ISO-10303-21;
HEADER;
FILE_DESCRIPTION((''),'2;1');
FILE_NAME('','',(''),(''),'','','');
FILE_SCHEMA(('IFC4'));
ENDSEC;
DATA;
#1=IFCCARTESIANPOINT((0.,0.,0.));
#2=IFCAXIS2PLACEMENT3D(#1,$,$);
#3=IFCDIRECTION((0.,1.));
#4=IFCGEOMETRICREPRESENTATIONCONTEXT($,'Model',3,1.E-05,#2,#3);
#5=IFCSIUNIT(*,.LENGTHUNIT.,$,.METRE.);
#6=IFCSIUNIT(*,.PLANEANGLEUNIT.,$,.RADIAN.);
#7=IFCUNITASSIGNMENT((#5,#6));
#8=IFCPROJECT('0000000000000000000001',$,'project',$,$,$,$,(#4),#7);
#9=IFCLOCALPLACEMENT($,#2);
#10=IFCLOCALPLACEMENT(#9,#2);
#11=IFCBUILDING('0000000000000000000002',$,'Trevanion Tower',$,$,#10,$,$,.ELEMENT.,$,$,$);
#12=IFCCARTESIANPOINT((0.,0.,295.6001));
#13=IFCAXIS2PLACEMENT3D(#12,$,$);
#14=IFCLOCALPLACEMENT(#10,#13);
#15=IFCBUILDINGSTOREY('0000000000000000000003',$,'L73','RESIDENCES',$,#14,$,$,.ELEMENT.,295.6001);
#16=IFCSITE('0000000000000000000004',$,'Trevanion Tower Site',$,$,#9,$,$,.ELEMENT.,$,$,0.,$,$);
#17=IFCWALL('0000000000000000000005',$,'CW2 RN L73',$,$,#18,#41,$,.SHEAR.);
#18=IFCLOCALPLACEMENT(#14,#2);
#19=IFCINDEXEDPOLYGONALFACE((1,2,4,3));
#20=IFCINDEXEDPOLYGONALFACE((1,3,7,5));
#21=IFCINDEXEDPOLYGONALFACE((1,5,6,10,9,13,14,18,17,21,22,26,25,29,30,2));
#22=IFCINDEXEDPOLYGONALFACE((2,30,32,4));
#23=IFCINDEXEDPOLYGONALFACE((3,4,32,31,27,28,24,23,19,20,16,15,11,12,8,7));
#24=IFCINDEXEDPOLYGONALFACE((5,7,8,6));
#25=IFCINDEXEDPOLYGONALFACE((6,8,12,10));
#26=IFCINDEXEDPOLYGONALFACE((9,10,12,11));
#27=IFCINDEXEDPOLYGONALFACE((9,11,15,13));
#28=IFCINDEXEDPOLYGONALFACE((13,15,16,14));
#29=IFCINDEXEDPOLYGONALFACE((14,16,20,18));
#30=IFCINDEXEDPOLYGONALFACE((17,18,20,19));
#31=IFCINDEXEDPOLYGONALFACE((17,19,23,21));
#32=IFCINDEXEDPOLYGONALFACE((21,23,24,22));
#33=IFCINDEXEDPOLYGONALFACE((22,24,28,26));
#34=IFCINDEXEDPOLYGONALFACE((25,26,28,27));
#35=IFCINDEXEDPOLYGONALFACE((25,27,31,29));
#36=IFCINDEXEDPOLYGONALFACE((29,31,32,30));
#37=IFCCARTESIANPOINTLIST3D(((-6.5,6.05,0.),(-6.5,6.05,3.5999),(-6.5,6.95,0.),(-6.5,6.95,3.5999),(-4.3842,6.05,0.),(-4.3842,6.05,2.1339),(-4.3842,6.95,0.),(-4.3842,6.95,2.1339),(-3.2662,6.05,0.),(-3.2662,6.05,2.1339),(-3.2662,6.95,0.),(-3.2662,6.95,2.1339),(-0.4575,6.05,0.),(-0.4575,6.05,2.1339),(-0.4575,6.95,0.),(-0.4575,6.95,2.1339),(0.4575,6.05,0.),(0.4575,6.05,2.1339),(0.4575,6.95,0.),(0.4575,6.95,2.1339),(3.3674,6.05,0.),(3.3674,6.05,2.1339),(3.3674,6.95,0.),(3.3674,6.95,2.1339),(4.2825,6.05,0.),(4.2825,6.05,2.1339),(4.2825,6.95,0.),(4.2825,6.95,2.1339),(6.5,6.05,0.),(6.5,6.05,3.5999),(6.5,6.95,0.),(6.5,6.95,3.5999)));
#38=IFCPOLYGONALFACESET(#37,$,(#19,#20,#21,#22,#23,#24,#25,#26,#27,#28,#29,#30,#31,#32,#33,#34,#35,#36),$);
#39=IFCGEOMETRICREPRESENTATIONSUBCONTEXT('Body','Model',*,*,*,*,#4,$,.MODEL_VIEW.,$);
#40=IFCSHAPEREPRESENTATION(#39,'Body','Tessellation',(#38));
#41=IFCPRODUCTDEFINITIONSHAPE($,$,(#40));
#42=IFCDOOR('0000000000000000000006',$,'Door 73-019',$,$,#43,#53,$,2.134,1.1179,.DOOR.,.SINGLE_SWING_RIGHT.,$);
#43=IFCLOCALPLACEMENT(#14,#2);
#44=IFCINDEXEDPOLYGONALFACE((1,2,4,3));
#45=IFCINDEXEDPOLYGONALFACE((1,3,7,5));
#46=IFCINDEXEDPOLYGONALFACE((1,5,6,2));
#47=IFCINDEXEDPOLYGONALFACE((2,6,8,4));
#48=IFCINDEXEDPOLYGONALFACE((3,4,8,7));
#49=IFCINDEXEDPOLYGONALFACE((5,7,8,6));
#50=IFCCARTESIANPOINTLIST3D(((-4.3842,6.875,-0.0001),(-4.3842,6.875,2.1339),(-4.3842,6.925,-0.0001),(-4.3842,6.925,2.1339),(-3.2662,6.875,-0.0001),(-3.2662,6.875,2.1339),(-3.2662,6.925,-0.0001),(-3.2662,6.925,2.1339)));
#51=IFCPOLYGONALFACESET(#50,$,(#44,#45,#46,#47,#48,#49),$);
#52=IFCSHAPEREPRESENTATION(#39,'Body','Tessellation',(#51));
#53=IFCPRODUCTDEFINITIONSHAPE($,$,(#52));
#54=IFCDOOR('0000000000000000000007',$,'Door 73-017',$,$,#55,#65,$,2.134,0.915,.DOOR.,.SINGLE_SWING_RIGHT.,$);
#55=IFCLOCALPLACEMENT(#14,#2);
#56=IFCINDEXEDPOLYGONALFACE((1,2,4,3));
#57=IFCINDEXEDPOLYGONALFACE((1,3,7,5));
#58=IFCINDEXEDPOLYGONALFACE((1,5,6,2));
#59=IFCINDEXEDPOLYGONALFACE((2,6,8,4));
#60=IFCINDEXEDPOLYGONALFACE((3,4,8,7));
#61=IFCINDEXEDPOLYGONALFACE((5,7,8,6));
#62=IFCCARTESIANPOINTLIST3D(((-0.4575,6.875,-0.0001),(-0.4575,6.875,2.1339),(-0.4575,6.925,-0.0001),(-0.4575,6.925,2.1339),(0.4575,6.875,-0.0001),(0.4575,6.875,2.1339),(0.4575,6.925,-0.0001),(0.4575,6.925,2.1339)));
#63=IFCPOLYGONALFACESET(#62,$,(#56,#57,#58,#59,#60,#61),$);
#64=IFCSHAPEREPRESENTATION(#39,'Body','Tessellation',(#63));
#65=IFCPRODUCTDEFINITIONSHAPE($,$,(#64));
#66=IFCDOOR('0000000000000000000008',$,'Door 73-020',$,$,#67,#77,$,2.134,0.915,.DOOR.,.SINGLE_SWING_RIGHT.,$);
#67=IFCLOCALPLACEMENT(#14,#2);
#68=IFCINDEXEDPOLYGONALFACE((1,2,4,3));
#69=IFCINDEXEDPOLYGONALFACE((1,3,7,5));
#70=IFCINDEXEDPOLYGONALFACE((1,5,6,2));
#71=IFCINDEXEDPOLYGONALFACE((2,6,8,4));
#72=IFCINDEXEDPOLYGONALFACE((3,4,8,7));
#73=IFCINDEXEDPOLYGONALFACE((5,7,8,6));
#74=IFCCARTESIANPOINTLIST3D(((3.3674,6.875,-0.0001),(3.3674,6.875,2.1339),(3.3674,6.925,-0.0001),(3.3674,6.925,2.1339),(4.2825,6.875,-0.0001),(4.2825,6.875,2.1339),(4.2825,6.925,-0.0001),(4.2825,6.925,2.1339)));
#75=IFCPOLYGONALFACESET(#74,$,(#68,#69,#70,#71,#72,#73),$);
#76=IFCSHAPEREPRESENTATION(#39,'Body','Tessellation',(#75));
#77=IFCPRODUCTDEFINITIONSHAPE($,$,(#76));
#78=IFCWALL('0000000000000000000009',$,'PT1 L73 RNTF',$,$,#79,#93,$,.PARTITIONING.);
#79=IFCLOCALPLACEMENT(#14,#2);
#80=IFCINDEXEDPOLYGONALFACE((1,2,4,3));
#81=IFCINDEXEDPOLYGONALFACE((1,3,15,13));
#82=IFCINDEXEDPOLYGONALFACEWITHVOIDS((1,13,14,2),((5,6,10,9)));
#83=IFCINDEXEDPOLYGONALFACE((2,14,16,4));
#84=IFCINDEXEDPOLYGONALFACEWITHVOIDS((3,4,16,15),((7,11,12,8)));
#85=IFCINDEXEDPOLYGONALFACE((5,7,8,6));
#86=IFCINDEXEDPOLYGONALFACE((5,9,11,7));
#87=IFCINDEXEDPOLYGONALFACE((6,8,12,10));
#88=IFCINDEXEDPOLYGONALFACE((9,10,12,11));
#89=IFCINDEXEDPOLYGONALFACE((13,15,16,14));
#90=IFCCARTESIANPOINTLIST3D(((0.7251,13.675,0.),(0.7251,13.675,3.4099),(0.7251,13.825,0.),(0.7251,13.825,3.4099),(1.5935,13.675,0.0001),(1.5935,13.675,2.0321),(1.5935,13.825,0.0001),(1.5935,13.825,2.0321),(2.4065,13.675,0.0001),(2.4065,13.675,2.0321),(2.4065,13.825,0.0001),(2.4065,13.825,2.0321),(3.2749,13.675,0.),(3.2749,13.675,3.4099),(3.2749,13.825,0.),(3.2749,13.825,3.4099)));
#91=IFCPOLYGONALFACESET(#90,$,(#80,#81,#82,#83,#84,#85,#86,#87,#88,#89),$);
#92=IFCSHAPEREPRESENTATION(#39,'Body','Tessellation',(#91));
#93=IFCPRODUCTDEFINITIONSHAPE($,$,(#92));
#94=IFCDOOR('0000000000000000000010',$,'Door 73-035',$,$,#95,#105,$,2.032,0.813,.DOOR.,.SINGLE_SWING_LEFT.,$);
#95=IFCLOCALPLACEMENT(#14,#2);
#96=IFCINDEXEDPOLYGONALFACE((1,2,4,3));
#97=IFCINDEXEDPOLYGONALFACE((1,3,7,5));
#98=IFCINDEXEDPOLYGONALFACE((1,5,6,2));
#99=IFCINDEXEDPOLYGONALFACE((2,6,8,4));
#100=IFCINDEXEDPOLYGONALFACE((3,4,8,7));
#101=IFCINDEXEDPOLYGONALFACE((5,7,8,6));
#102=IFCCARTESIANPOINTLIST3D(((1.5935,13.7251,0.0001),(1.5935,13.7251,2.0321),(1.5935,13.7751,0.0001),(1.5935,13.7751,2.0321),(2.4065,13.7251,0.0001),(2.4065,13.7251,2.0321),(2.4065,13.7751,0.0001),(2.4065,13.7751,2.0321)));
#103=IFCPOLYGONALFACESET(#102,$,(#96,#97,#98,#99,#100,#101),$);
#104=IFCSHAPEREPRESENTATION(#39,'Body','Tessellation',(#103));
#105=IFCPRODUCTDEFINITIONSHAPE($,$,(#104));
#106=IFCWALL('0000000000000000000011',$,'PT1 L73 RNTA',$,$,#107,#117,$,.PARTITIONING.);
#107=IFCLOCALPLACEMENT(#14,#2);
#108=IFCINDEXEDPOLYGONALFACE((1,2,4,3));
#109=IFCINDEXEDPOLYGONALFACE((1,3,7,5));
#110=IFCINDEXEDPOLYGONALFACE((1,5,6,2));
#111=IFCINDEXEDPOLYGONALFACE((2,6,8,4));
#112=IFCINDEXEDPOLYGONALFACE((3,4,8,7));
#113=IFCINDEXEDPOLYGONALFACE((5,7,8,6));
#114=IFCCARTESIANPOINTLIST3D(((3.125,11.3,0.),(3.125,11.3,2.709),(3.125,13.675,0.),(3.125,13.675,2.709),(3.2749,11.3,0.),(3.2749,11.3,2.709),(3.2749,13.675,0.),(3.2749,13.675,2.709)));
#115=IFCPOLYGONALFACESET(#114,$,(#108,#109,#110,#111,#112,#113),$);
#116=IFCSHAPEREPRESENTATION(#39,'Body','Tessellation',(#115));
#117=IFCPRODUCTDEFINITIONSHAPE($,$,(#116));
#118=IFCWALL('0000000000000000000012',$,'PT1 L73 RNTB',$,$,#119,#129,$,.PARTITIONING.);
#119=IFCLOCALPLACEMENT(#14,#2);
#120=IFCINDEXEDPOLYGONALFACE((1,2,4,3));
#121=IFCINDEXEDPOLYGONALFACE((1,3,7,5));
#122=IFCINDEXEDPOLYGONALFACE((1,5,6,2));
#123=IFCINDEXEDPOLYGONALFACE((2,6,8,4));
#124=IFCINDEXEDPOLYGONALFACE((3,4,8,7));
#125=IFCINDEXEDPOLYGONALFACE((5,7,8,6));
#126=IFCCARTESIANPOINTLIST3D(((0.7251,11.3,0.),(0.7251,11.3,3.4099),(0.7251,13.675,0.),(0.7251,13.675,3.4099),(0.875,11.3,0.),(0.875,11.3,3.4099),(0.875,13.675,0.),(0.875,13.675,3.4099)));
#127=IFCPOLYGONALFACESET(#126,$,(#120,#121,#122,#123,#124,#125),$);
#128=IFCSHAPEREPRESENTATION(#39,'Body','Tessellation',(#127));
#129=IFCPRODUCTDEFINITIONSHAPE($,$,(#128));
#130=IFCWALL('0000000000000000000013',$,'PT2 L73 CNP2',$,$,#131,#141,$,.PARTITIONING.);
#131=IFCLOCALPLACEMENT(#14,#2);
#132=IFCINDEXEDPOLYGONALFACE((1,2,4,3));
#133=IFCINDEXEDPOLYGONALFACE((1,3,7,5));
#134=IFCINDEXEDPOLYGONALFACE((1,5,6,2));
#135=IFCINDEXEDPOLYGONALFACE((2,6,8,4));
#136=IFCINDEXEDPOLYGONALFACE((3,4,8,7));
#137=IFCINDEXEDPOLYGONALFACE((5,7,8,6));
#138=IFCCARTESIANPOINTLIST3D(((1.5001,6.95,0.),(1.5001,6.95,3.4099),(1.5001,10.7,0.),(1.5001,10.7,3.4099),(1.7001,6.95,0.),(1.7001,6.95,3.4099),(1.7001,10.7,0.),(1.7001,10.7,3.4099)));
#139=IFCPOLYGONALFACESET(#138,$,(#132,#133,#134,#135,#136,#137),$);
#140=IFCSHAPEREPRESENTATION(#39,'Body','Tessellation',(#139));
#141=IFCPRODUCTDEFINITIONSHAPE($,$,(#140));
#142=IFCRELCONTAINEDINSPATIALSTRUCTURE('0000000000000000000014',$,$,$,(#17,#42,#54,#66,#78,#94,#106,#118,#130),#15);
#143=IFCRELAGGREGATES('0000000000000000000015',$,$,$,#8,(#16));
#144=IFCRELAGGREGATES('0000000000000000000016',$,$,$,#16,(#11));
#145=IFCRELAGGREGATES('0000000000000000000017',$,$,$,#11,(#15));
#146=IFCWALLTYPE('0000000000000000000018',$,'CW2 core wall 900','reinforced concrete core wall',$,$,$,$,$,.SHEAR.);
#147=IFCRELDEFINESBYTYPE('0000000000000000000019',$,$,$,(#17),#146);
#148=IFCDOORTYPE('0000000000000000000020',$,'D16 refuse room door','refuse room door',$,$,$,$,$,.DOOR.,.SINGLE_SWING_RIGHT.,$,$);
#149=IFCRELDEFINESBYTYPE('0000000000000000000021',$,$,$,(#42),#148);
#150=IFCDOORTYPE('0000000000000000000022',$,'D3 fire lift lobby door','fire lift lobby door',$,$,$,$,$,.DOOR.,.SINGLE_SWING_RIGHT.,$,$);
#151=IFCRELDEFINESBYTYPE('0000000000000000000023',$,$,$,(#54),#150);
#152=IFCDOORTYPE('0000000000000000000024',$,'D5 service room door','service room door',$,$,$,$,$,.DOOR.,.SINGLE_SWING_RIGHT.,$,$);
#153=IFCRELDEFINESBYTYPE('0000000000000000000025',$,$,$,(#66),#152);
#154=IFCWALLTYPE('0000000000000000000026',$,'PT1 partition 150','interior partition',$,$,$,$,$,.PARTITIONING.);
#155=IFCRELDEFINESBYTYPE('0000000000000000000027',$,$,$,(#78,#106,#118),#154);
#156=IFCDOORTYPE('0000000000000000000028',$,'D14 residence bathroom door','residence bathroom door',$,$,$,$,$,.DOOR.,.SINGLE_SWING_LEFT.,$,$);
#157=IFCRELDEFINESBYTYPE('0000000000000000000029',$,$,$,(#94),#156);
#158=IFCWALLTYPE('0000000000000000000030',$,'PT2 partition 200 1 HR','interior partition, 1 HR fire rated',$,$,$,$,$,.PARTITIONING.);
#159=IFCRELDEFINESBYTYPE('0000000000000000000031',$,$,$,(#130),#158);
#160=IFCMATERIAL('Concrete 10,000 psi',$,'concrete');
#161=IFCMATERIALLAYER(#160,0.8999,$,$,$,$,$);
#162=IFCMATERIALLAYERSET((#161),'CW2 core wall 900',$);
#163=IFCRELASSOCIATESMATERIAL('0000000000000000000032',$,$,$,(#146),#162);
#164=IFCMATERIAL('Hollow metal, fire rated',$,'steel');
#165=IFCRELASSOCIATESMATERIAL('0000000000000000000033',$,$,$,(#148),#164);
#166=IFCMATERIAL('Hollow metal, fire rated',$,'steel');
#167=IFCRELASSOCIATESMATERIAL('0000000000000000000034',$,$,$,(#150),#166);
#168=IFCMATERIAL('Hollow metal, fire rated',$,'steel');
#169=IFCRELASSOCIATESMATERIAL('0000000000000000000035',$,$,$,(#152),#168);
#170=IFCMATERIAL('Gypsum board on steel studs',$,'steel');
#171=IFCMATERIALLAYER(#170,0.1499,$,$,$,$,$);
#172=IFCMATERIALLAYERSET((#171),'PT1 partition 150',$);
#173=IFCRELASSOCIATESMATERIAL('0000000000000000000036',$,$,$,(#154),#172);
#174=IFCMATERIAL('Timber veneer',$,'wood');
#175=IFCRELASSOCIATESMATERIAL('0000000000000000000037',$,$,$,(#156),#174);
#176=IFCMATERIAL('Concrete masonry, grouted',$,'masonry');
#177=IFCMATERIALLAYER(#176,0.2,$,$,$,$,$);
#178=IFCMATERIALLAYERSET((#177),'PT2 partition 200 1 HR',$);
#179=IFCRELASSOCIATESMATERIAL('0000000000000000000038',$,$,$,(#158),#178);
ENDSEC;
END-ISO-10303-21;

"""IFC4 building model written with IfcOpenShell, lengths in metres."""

from ifc_helpers import new_model, si_unit, direction, frame, frame_2d, origin, place, context, subcontext, project, spatial, rectangle, extrude, material, layer, layer_set, type_object, element, fill, save


model = new_model("IFC4")

# Units and contexts
model_context = context("Model", 3, precision=1e-05, world=origin(), true_north=direction((0.0, 1.0)))
body_context = subcontext(model_context, "Body", "Model", "MODEL_VIEW")
ifc_project = project(units=[si_unit("LENGTHUNIT", "METRE"), si_unit("PLANEANGLEUNIT", "RADIAN")], contexts=[model_context])

# Site, building, storey
site_placement = place(None, origin())
site = spatial("IfcSite", under=ifc_project, at=site_placement, Name="Trevanion Tower Site", CompositionType="ELEMENT", RefElevation=0.0)
building_placement = place(site_placement, origin())
building = spatial("IfcBuilding", under=site, at=building_placement, Name="Trevanion Tower", CompositionType="ELEMENT")
storey_placement = place(building_placement, frame((0.0, 0.0, 295.6001)))
storey = spatial("IfcBuildingStorey", under=building, at=storey_placement, Name="L73", Description="RESIDENCES", CompositionType="ELEMENT", Elevation=295.6001)

# Wall, openings, doors
ifc_material_1 = material(Name="Concrete 10,000 psi", Category="concrete")
ifc_layer_1 = layer(ifc_material_1, 0.8999)
ifc_layer_set_1 = layer_set([ifc_layer_1], Name="CW2 core wall 900")
wall_type_1 = type_object("IfcWallType", Name="CW2 core wall 900", Description="reinforced concrete core wall", PredefinedType="SHEAR", material=ifc_layer_set_1)
wall_1_placement = place(storey_placement, frame((6.5, 6.5, 0.0), z_axis=(0.0, 0.0, 1.0), x_axis=(-1.0, 0.0, 0.0)))
wall_1 = element("IfcWall", 1, at=wall_1_placement, inside=storey, type_object=wall_type_1, Name="CW2 RN L73", PredefinedType="SHEAR", context=body_context, shape_type="SweptSolid", body=[
    extrude(rectangle(XDim=13.0, YDim=0.8999, at=frame_2d((6.5, 0.0))), origin(), (0.0, 0.0, 1.0), 3.5999),
])
opening_1_placement = place(wall_1_placement, frame((6.0425, 0.0, 0.0)))
opening_1 = element("IfcOpeningElement", 2, at=opening_1_placement, cuts=wall_1, PredefinedType="OPENING", context=body_context, shape_type="SweptSolid", body=[
    extrude(rectangle(XDim=0.915, YDim=2.134, at=frame_2d((0.4575, 1.0669))), frame((0.0, 0.46, 0.0), z_axis=(0.0, -1.0, 0.0), x_axis=(1.0, 0.0, 0.0)), (0.0, 0.0, 1.0), 0.9199),
])
opening_2_placement = place(wall_1_placement, frame((9.7661, 0.0, 0.0)))
opening_2 = element("IfcOpeningElement", 3, at=opening_2_placement, cuts=wall_1, PredefinedType="OPENING", context=body_context, shape_type="SweptSolid", body=[
    extrude(rectangle(XDim=1.1179, YDim=2.134, at=frame_2d((0.5591, 1.0669))), frame((0.0, 0.46, 0.0), z_axis=(0.0, -1.0, 0.0), x_axis=(1.0, 0.0, 0.0)), (0.0, 0.0, 1.0), 0.9199),
])
opening_3_placement = place(wall_1_placement, frame((2.2175, 0.0, 0.0)))
opening_3 = element("IfcOpeningElement", 4, at=opening_3_placement, cuts=wall_1, PredefinedType="OPENING", context=body_context, shape_type="SweptSolid", body=[
    extrude(rectangle(XDim=0.915, YDim=2.134, at=frame_2d((0.4575, 1.0669))), frame((0.0, 0.46, 0.0), z_axis=(0.0, -1.0, 0.0), x_axis=(1.0, 0.0, 0.0)), (0.0, 0.0, 1.0), 0.9199),
])
ifc_material_2 = material(Name="Hollow metal, fire rated", Category="steel")
door_type_1 = type_object("IfcDoorType", Name="D16 refuse room door", Description="refuse room door", OperationType="SINGLE_SWING_RIGHT", PredefinedType="DOOR", material=ifc_material_2)
door_1_placement = place(opening_2_placement, origin())
door_1 = element("IfcDoor", 5, at=door_1_placement, inside=storey, type_object=door_type_1, Name="Door 73-019", OperationType="SINGLE_SWING_RIGHT", OverallHeight=2.134, OverallWidth=1.1179, PredefinedType="DOOR", context=body_context, shape_type="SweptSolid", body=[
    extrude(rectangle(XDim=1.1179, YDim=2.134, at=frame_2d((0.5591, 1.0669))), frame((0.0, -0.375, 0.0), z_axis=(0.0, -1.0, 0.0), x_axis=(1.0, 0.0, 0.0)), (0.0, 0.0, 1.0), 0.05),
])
fill(opening_2, door_1)
ifc_material_3 = material(Name="Hollow metal, fire rated", Category="steel")
door_type_2 = type_object("IfcDoorType", Name="D3 fire lift lobby door", Description="fire lift lobby door", OperationType="SINGLE_SWING_RIGHT", PredefinedType="DOOR", material=ifc_material_3)
door_2_placement = place(opening_1_placement, origin())
door_2 = element("IfcDoor", 6, at=door_2_placement, inside=storey, type_object=door_type_2, Name="Door 73-017", OperationType="SINGLE_SWING_RIGHT", OverallHeight=2.134, OverallWidth=0.915, PredefinedType="DOOR", context=body_context, shape_type="SweptSolid", body=[
    extrude(rectangle(XDim=0.915, YDim=2.134, at=frame_2d((0.4575, 1.0669))), frame((0.0, -0.375, 0.0), z_axis=(0.0, -1.0, 0.0), x_axis=(1.0, 0.0, 0.0)), (0.0, 0.0, 1.0), 0.05),
])
fill(opening_1, door_2)
ifc_material_4 = material(Name="Hollow metal, fire rated", Category="steel")
door_type_3 = type_object("IfcDoorType", Name="D5 service room door", Description="service room door", OperationType="SINGLE_SWING_RIGHT", PredefinedType="DOOR", material=ifc_material_4)
door_3_placement = place(opening_3_placement, origin())
door_3 = element("IfcDoor", 7, at=door_3_placement, inside=storey, type_object=door_type_3, Name="Door 73-020", OperationType="SINGLE_SWING_RIGHT", OverallHeight=2.134, OverallWidth=0.915, PredefinedType="DOOR", context=body_context, shape_type="SweptSolid", body=[
    extrude(rectangle(XDim=0.915, YDim=2.134, at=frame_2d((0.4575, 1.0669))), frame((0.0, -0.375, 0.0), z_axis=(0.0, -1.0, 0.0), x_axis=(1.0, 0.0, 0.0)), (0.0, 0.0, 1.0), 0.05),
])
fill(opening_3, door_3)

# Wall, opening, door
ifc_material_5 = material(Name="Gypsum board on steel studs", Category="steel")
ifc_layer_2 = layer(ifc_material_5, 0.1499)
ifc_layer_set_2 = layer_set([ifc_layer_2], Name="PT1 partition 150")
wall_type_2 = type_object("IfcWallType", Name="PT1 partition 150", Description="interior partition", PredefinedType="PARTITIONING", material=ifc_layer_set_2)
wall_2_placement = place(storey_placement, frame((3.2749, 13.75, 0.0), z_axis=(0.0, 0.0, 1.0), x_axis=(-1.0, 0.0, 0.0)))
wall_2 = element("IfcWall", 8, at=wall_2_placement, inside=storey, type_object=wall_type_2, Name="PT1 L73 RNTF", PredefinedType="PARTITIONING", context=body_context, shape_type="SweptSolid", body=[
    extrude(rectangle(XDim=2.5498, YDim=0.1499, at=frame_2d((1.2749, 0.0))), origin(), (0.0, 0.0, 1.0), 3.4099),
])
opening_4_placement = place(wall_2_placement, frame((0.8684, 0.0, 0.0)))
opening_4 = element("IfcOpeningElement", 9, at=opening_4_placement, cuts=wall_2, PredefinedType="OPENING", context=body_context, shape_type="SweptSolid", body=[
    extrude(rectangle(XDim=0.813, YDim=2.032, at=frame_2d((0.4065, 1.0161))), frame((0.0, 0.085, 0.0), z_axis=(0.0, -1.0, 0.0), x_axis=(1.0, 0.0, 0.0)), (0.0, 0.0, 1.0), 0.1699),
])
ifc_material_6 = material(Name="Timber veneer", Category="wood")
door_type_4 = type_object("IfcDoorType", Name="D14 residence bathroom door", Description="residence bathroom door", OperationType="SINGLE_SWING_LEFT", PredefinedType="DOOR", material=ifc_material_6)
door_4_placement = place(opening_4_placement, origin())
door_4 = element("IfcDoor", 10, at=door_4_placement, inside=storey, type_object=door_type_4, Name="Door 73-035", OperationType="SINGLE_SWING_LEFT", OverallHeight=2.032, OverallWidth=0.813, PredefinedType="DOOR", context=body_context, shape_type="SweptSolid", body=[
    extrude(rectangle(XDim=0.813, YDim=2.032, at=frame_2d((0.4065, 1.0161))), frame((0.0, 0.0249, 0.0), z_axis=(0.0, -1.0, 0.0), x_axis=(1.0, 0.0, 0.0)), (0.0, 0.0, 1.0), 0.05),
])
fill(opening_4, door_4)

# Walls
wall_3_placement = place(storey_placement, frame((3.2, 11.3, 0.0), z_axis=(0.0, 0.0, 1.0), x_axis=(0.0, 1.0, 0.0)))
element("IfcWall", 11, at=wall_3_placement, inside=storey, type_object=wall_type_2, Name="PT1 L73 RNTA", PredefinedType="PARTITIONING", context=body_context, shape_type="SweptSolid", body=[
    extrude(rectangle(XDim=2.375, YDim=0.1499, at=frame_2d((1.1875, 0.0))), origin(), (0.0, 0.0, 1.0), 2.709),
])
wall_4_placement = place(storey_placement, frame((0.8, 11.3, 0.0), z_axis=(0.0, 0.0, 1.0), x_axis=(0.0, 1.0, 0.0)))
element("IfcWall", 12, at=wall_4_placement, inside=storey, type_object=wall_type_2, Name="PT1 L73 RNTB", PredefinedType="PARTITIONING", context=body_context, shape_type="SweptSolid", body=[
    extrude(rectangle(XDim=2.375, YDim=0.1499, at=frame_2d((1.1875, 0.0))), origin(), (0.0, 0.0, 1.0), 3.4099),
])
ifc_material_7 = material(Name="Concrete masonry, grouted", Category="masonry")
ifc_layer_3 = layer(ifc_material_7, 0.2)
ifc_layer_set_3 = layer_set([ifc_layer_3], Name="PT2 partition 200 1 HR")
wall_type_3 = type_object("IfcWallType", Name="PT2 partition 200 1 HR", Description="interior partition, 1 HR fire rated", PredefinedType="PARTITIONING", material=ifc_layer_set_3)
wall_5_placement = place(storey_placement, frame((1.6001, 6.95, 0.0), z_axis=(0.0, 0.0, 1.0), x_axis=(0.0, 1.0, 0.0)))
element("IfcWall", 13, at=wall_5_placement, inside=storey, type_object=wall_type_3, Name="PT2 L73 CNP2", PredefinedType="PARTITIONING", context=body_context, shape_type="SweptSolid", body=[
    extrude(rectangle(XDim=3.75, YDim=0.2, at=frame_2d((1.875, 0.0))), origin(), (0.0, 0.0, 1.0), 3.4099),
])

save(model, "model.ifc")
